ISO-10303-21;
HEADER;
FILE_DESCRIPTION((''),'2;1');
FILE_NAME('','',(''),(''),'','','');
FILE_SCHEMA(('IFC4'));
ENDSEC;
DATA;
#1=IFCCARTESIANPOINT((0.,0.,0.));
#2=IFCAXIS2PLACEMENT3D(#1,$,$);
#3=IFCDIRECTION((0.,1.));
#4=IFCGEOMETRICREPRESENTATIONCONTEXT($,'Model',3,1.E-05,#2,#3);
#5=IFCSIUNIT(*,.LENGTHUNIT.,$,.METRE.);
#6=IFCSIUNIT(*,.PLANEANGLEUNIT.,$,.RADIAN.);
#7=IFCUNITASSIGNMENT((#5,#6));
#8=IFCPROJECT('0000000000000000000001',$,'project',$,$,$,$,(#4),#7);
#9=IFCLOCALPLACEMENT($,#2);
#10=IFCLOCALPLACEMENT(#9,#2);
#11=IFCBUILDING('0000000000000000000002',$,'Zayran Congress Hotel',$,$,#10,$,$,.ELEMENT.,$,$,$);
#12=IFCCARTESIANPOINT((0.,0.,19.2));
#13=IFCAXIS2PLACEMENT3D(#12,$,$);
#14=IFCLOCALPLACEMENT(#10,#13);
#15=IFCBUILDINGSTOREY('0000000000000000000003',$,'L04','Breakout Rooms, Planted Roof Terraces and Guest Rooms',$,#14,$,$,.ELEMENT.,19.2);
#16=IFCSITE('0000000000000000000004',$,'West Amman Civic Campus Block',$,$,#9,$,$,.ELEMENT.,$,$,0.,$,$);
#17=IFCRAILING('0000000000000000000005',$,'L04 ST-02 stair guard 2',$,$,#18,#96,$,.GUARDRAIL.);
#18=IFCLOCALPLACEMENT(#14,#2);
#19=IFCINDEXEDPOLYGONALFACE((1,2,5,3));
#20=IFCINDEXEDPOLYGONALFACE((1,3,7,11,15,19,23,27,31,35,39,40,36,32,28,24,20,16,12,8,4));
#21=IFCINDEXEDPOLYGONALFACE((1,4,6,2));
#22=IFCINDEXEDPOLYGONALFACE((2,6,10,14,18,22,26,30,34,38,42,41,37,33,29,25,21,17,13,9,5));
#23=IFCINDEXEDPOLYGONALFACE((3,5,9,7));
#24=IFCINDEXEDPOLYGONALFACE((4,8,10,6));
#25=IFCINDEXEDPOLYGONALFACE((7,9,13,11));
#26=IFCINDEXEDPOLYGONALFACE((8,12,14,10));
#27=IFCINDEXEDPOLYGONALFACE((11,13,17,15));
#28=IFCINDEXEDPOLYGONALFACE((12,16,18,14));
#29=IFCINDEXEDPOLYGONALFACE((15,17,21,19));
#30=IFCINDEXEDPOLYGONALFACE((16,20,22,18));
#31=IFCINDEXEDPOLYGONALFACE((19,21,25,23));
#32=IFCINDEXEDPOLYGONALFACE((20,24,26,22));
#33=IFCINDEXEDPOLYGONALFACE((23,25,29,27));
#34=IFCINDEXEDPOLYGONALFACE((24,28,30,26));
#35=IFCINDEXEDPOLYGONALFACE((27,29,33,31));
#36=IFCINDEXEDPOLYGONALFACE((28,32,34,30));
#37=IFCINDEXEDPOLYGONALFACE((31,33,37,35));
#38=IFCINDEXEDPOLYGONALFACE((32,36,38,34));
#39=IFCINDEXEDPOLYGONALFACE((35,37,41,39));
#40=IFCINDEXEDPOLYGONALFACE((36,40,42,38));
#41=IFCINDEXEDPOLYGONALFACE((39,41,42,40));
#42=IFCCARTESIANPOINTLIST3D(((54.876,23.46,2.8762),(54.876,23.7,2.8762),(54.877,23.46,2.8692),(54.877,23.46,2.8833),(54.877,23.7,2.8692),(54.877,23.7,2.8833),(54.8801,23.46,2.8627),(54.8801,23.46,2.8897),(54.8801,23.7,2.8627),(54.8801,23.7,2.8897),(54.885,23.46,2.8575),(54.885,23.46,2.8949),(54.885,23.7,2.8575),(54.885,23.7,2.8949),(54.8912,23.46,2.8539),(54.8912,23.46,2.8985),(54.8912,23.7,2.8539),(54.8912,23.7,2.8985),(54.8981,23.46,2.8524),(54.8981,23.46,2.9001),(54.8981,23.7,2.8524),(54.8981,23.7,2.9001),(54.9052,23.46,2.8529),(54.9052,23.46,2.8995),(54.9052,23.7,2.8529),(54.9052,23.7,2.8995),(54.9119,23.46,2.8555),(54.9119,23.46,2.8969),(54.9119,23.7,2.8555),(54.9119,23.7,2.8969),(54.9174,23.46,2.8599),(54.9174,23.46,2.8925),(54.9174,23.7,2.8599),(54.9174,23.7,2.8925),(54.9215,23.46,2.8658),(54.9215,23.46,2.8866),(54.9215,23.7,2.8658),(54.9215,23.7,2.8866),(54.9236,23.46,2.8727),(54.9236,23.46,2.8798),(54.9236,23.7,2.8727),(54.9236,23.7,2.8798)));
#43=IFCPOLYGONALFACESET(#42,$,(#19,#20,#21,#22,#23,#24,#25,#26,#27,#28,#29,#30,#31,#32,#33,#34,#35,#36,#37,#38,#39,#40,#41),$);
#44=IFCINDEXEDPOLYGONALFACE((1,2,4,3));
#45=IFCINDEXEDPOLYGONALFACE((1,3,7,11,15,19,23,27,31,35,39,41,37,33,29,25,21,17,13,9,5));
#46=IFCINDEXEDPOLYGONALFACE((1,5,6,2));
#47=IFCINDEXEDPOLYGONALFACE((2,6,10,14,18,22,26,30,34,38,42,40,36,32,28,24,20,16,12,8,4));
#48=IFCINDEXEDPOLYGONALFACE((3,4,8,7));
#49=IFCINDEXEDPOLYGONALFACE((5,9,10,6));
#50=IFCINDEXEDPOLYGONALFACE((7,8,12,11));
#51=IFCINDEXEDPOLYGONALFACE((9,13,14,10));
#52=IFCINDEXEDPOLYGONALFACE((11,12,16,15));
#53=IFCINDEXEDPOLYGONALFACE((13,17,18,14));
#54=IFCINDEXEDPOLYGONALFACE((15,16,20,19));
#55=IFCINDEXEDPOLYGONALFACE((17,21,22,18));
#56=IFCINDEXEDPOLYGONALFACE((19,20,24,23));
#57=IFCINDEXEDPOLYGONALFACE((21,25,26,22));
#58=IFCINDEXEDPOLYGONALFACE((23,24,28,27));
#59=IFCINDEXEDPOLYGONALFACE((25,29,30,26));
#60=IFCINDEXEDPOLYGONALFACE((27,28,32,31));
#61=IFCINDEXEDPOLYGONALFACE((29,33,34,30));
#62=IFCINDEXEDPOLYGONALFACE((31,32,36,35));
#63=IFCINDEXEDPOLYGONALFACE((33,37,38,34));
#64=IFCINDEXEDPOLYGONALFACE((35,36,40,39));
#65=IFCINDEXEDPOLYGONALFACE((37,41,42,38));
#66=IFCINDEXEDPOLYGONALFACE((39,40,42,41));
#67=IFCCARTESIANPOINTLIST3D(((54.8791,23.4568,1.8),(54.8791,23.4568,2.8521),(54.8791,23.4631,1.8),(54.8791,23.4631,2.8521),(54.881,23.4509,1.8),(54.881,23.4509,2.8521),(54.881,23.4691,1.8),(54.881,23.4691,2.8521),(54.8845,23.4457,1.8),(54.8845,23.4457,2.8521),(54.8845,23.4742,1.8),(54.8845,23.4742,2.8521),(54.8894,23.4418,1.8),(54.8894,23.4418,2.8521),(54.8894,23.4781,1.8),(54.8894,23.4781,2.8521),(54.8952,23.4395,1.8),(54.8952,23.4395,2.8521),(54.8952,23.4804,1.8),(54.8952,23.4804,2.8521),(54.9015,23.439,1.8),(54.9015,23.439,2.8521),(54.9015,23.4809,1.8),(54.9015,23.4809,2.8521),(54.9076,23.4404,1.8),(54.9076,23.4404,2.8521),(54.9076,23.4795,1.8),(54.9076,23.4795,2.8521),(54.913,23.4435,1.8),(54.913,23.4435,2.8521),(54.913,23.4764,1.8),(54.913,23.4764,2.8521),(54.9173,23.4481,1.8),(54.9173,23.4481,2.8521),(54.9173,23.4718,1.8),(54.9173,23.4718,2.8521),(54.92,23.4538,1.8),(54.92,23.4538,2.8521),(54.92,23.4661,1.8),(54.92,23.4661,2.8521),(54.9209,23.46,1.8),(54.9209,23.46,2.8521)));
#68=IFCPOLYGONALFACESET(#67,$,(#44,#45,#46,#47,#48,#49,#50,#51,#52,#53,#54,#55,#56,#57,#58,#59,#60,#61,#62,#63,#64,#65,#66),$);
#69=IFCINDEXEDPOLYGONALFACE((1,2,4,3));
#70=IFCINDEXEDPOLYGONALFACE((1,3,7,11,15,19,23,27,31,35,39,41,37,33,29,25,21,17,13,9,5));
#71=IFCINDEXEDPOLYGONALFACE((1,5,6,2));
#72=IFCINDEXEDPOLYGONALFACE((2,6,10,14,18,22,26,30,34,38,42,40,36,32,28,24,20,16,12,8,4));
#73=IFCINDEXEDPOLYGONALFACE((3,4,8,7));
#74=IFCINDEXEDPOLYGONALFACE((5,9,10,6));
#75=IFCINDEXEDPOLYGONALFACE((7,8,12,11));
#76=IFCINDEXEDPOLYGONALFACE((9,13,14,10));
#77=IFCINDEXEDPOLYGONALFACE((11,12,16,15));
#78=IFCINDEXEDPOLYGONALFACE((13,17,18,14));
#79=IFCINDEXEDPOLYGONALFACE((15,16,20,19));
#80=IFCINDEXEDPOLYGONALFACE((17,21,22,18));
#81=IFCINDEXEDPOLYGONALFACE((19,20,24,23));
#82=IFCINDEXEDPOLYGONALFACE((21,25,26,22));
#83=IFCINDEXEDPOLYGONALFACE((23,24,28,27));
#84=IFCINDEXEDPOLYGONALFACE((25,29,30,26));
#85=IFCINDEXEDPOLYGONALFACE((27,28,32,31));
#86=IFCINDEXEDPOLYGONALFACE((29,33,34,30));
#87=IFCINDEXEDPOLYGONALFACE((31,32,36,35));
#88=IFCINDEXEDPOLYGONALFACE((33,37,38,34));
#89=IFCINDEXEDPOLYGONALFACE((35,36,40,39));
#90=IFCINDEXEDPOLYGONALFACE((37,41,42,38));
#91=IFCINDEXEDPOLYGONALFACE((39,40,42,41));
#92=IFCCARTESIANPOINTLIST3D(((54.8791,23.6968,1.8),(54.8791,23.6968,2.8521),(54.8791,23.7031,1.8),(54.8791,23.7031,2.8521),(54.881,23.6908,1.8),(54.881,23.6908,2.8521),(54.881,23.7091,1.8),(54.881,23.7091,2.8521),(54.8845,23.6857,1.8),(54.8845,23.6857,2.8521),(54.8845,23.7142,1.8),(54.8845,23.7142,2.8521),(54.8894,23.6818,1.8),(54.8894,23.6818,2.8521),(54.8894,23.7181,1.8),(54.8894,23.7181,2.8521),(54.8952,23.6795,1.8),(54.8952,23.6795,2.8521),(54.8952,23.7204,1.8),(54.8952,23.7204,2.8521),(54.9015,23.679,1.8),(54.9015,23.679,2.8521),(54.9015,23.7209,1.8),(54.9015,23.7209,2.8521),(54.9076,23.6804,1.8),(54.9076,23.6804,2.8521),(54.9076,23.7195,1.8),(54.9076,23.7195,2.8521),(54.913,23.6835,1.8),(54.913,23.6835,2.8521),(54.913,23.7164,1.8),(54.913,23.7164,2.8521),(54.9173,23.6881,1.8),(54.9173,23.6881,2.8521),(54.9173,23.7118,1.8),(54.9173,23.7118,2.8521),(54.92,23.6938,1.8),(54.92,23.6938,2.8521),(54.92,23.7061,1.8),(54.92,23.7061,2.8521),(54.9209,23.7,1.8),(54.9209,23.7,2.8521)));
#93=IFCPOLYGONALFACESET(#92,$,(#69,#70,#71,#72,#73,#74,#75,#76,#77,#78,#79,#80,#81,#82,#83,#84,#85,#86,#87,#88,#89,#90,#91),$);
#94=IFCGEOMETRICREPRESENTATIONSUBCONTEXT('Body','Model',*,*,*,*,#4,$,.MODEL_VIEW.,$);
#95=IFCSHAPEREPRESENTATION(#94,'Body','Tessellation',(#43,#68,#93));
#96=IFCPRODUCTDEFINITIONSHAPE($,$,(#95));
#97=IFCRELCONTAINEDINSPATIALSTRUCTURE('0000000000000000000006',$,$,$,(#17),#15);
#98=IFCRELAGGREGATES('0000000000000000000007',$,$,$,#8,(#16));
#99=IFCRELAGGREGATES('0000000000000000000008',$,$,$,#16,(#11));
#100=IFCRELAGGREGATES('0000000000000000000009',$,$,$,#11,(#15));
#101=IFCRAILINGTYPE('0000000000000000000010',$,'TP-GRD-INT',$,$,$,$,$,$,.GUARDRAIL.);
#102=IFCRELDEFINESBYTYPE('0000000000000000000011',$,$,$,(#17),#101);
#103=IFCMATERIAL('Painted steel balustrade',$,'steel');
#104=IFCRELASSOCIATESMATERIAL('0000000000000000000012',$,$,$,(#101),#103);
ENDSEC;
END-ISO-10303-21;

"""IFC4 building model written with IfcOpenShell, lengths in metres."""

from ifc_helpers import new_model, si_unit, direction, frame, origin, origin_2d, place, context, subcontext, project, spatial, circle, extrude, material, type_object, element, save


model = new_model("IFC4")

# Units and contexts
model_context = context("Model", 3, precision=1e-05, world=origin(), true_north=direction((0.0, 1.0)))
body_context = subcontext(model_context, "Body", "Model", "MODEL_VIEW")
ifc_project = project(units=[si_unit("LENGTHUNIT", "METRE"), si_unit("PLANEANGLEUNIT", "RADIAN")], contexts=[model_context])

# Site, building, storey
site_placement = place(None, origin())
site = spatial("IfcSite", under=ifc_project, at=site_placement, Name="West Amman Civic Campus Block", CompositionType="ELEMENT", RefElevation=0.0)
building_placement = place(site_placement, origin())
building = spatial("IfcBuilding", under=site, at=building_placement, Name="Zayran Congress Hotel", CompositionType="ELEMENT")
storey_placement = place(building_placement, frame((0.0, 0.0, 19.2)))
storey = spatial("IfcBuildingStorey", under=building, at=storey_placement, Name="L04", Description="Breakout Rooms, Planted Roof Terraces and Guest Rooms", CompositionType="ELEMENT", Elevation=19.2)

# Railing
ifc_material_1 = material(Name="Painted steel balustrade", Category="steel")
railing_type_1 = type_object("IfcRailingType", Name="TP-GRD-INT", PredefinedType="GUARDRAIL", material=ifc_material_1)
railing_1_placement = place(storey_placement, frame((54.8999, 23.46, 1.8)))
element("IfcRailing", 1, at=railing_1_placement, inside=storey, type_object=railing_type_1, Name="L04 ST-02 stair guard 2", PredefinedType="GUARDRAIL", context=body_context, shape_type="SweptSolid", body=[
    extrude(circle(Radius=0.0239, at=origin_2d()), frame((0.0, 0.0, 1.0762), z_axis=(0.0, 1.0, 0.0), x_axis=(-1.0, 0.0, 0.0)), (0.0, 0.0, 1.0), 0.24),
    extrude(circle(Radius=0.021, at=origin_2d()), origin(), (0.0, 0.0, 1.0), 1.052),
    extrude(circle(Radius=0.021, at=origin_2d()), frame((0.0, 0.24, 0.0)), (0.0, 0.0, 1.0), 1.052),
])

save(model, "model.ifc")
